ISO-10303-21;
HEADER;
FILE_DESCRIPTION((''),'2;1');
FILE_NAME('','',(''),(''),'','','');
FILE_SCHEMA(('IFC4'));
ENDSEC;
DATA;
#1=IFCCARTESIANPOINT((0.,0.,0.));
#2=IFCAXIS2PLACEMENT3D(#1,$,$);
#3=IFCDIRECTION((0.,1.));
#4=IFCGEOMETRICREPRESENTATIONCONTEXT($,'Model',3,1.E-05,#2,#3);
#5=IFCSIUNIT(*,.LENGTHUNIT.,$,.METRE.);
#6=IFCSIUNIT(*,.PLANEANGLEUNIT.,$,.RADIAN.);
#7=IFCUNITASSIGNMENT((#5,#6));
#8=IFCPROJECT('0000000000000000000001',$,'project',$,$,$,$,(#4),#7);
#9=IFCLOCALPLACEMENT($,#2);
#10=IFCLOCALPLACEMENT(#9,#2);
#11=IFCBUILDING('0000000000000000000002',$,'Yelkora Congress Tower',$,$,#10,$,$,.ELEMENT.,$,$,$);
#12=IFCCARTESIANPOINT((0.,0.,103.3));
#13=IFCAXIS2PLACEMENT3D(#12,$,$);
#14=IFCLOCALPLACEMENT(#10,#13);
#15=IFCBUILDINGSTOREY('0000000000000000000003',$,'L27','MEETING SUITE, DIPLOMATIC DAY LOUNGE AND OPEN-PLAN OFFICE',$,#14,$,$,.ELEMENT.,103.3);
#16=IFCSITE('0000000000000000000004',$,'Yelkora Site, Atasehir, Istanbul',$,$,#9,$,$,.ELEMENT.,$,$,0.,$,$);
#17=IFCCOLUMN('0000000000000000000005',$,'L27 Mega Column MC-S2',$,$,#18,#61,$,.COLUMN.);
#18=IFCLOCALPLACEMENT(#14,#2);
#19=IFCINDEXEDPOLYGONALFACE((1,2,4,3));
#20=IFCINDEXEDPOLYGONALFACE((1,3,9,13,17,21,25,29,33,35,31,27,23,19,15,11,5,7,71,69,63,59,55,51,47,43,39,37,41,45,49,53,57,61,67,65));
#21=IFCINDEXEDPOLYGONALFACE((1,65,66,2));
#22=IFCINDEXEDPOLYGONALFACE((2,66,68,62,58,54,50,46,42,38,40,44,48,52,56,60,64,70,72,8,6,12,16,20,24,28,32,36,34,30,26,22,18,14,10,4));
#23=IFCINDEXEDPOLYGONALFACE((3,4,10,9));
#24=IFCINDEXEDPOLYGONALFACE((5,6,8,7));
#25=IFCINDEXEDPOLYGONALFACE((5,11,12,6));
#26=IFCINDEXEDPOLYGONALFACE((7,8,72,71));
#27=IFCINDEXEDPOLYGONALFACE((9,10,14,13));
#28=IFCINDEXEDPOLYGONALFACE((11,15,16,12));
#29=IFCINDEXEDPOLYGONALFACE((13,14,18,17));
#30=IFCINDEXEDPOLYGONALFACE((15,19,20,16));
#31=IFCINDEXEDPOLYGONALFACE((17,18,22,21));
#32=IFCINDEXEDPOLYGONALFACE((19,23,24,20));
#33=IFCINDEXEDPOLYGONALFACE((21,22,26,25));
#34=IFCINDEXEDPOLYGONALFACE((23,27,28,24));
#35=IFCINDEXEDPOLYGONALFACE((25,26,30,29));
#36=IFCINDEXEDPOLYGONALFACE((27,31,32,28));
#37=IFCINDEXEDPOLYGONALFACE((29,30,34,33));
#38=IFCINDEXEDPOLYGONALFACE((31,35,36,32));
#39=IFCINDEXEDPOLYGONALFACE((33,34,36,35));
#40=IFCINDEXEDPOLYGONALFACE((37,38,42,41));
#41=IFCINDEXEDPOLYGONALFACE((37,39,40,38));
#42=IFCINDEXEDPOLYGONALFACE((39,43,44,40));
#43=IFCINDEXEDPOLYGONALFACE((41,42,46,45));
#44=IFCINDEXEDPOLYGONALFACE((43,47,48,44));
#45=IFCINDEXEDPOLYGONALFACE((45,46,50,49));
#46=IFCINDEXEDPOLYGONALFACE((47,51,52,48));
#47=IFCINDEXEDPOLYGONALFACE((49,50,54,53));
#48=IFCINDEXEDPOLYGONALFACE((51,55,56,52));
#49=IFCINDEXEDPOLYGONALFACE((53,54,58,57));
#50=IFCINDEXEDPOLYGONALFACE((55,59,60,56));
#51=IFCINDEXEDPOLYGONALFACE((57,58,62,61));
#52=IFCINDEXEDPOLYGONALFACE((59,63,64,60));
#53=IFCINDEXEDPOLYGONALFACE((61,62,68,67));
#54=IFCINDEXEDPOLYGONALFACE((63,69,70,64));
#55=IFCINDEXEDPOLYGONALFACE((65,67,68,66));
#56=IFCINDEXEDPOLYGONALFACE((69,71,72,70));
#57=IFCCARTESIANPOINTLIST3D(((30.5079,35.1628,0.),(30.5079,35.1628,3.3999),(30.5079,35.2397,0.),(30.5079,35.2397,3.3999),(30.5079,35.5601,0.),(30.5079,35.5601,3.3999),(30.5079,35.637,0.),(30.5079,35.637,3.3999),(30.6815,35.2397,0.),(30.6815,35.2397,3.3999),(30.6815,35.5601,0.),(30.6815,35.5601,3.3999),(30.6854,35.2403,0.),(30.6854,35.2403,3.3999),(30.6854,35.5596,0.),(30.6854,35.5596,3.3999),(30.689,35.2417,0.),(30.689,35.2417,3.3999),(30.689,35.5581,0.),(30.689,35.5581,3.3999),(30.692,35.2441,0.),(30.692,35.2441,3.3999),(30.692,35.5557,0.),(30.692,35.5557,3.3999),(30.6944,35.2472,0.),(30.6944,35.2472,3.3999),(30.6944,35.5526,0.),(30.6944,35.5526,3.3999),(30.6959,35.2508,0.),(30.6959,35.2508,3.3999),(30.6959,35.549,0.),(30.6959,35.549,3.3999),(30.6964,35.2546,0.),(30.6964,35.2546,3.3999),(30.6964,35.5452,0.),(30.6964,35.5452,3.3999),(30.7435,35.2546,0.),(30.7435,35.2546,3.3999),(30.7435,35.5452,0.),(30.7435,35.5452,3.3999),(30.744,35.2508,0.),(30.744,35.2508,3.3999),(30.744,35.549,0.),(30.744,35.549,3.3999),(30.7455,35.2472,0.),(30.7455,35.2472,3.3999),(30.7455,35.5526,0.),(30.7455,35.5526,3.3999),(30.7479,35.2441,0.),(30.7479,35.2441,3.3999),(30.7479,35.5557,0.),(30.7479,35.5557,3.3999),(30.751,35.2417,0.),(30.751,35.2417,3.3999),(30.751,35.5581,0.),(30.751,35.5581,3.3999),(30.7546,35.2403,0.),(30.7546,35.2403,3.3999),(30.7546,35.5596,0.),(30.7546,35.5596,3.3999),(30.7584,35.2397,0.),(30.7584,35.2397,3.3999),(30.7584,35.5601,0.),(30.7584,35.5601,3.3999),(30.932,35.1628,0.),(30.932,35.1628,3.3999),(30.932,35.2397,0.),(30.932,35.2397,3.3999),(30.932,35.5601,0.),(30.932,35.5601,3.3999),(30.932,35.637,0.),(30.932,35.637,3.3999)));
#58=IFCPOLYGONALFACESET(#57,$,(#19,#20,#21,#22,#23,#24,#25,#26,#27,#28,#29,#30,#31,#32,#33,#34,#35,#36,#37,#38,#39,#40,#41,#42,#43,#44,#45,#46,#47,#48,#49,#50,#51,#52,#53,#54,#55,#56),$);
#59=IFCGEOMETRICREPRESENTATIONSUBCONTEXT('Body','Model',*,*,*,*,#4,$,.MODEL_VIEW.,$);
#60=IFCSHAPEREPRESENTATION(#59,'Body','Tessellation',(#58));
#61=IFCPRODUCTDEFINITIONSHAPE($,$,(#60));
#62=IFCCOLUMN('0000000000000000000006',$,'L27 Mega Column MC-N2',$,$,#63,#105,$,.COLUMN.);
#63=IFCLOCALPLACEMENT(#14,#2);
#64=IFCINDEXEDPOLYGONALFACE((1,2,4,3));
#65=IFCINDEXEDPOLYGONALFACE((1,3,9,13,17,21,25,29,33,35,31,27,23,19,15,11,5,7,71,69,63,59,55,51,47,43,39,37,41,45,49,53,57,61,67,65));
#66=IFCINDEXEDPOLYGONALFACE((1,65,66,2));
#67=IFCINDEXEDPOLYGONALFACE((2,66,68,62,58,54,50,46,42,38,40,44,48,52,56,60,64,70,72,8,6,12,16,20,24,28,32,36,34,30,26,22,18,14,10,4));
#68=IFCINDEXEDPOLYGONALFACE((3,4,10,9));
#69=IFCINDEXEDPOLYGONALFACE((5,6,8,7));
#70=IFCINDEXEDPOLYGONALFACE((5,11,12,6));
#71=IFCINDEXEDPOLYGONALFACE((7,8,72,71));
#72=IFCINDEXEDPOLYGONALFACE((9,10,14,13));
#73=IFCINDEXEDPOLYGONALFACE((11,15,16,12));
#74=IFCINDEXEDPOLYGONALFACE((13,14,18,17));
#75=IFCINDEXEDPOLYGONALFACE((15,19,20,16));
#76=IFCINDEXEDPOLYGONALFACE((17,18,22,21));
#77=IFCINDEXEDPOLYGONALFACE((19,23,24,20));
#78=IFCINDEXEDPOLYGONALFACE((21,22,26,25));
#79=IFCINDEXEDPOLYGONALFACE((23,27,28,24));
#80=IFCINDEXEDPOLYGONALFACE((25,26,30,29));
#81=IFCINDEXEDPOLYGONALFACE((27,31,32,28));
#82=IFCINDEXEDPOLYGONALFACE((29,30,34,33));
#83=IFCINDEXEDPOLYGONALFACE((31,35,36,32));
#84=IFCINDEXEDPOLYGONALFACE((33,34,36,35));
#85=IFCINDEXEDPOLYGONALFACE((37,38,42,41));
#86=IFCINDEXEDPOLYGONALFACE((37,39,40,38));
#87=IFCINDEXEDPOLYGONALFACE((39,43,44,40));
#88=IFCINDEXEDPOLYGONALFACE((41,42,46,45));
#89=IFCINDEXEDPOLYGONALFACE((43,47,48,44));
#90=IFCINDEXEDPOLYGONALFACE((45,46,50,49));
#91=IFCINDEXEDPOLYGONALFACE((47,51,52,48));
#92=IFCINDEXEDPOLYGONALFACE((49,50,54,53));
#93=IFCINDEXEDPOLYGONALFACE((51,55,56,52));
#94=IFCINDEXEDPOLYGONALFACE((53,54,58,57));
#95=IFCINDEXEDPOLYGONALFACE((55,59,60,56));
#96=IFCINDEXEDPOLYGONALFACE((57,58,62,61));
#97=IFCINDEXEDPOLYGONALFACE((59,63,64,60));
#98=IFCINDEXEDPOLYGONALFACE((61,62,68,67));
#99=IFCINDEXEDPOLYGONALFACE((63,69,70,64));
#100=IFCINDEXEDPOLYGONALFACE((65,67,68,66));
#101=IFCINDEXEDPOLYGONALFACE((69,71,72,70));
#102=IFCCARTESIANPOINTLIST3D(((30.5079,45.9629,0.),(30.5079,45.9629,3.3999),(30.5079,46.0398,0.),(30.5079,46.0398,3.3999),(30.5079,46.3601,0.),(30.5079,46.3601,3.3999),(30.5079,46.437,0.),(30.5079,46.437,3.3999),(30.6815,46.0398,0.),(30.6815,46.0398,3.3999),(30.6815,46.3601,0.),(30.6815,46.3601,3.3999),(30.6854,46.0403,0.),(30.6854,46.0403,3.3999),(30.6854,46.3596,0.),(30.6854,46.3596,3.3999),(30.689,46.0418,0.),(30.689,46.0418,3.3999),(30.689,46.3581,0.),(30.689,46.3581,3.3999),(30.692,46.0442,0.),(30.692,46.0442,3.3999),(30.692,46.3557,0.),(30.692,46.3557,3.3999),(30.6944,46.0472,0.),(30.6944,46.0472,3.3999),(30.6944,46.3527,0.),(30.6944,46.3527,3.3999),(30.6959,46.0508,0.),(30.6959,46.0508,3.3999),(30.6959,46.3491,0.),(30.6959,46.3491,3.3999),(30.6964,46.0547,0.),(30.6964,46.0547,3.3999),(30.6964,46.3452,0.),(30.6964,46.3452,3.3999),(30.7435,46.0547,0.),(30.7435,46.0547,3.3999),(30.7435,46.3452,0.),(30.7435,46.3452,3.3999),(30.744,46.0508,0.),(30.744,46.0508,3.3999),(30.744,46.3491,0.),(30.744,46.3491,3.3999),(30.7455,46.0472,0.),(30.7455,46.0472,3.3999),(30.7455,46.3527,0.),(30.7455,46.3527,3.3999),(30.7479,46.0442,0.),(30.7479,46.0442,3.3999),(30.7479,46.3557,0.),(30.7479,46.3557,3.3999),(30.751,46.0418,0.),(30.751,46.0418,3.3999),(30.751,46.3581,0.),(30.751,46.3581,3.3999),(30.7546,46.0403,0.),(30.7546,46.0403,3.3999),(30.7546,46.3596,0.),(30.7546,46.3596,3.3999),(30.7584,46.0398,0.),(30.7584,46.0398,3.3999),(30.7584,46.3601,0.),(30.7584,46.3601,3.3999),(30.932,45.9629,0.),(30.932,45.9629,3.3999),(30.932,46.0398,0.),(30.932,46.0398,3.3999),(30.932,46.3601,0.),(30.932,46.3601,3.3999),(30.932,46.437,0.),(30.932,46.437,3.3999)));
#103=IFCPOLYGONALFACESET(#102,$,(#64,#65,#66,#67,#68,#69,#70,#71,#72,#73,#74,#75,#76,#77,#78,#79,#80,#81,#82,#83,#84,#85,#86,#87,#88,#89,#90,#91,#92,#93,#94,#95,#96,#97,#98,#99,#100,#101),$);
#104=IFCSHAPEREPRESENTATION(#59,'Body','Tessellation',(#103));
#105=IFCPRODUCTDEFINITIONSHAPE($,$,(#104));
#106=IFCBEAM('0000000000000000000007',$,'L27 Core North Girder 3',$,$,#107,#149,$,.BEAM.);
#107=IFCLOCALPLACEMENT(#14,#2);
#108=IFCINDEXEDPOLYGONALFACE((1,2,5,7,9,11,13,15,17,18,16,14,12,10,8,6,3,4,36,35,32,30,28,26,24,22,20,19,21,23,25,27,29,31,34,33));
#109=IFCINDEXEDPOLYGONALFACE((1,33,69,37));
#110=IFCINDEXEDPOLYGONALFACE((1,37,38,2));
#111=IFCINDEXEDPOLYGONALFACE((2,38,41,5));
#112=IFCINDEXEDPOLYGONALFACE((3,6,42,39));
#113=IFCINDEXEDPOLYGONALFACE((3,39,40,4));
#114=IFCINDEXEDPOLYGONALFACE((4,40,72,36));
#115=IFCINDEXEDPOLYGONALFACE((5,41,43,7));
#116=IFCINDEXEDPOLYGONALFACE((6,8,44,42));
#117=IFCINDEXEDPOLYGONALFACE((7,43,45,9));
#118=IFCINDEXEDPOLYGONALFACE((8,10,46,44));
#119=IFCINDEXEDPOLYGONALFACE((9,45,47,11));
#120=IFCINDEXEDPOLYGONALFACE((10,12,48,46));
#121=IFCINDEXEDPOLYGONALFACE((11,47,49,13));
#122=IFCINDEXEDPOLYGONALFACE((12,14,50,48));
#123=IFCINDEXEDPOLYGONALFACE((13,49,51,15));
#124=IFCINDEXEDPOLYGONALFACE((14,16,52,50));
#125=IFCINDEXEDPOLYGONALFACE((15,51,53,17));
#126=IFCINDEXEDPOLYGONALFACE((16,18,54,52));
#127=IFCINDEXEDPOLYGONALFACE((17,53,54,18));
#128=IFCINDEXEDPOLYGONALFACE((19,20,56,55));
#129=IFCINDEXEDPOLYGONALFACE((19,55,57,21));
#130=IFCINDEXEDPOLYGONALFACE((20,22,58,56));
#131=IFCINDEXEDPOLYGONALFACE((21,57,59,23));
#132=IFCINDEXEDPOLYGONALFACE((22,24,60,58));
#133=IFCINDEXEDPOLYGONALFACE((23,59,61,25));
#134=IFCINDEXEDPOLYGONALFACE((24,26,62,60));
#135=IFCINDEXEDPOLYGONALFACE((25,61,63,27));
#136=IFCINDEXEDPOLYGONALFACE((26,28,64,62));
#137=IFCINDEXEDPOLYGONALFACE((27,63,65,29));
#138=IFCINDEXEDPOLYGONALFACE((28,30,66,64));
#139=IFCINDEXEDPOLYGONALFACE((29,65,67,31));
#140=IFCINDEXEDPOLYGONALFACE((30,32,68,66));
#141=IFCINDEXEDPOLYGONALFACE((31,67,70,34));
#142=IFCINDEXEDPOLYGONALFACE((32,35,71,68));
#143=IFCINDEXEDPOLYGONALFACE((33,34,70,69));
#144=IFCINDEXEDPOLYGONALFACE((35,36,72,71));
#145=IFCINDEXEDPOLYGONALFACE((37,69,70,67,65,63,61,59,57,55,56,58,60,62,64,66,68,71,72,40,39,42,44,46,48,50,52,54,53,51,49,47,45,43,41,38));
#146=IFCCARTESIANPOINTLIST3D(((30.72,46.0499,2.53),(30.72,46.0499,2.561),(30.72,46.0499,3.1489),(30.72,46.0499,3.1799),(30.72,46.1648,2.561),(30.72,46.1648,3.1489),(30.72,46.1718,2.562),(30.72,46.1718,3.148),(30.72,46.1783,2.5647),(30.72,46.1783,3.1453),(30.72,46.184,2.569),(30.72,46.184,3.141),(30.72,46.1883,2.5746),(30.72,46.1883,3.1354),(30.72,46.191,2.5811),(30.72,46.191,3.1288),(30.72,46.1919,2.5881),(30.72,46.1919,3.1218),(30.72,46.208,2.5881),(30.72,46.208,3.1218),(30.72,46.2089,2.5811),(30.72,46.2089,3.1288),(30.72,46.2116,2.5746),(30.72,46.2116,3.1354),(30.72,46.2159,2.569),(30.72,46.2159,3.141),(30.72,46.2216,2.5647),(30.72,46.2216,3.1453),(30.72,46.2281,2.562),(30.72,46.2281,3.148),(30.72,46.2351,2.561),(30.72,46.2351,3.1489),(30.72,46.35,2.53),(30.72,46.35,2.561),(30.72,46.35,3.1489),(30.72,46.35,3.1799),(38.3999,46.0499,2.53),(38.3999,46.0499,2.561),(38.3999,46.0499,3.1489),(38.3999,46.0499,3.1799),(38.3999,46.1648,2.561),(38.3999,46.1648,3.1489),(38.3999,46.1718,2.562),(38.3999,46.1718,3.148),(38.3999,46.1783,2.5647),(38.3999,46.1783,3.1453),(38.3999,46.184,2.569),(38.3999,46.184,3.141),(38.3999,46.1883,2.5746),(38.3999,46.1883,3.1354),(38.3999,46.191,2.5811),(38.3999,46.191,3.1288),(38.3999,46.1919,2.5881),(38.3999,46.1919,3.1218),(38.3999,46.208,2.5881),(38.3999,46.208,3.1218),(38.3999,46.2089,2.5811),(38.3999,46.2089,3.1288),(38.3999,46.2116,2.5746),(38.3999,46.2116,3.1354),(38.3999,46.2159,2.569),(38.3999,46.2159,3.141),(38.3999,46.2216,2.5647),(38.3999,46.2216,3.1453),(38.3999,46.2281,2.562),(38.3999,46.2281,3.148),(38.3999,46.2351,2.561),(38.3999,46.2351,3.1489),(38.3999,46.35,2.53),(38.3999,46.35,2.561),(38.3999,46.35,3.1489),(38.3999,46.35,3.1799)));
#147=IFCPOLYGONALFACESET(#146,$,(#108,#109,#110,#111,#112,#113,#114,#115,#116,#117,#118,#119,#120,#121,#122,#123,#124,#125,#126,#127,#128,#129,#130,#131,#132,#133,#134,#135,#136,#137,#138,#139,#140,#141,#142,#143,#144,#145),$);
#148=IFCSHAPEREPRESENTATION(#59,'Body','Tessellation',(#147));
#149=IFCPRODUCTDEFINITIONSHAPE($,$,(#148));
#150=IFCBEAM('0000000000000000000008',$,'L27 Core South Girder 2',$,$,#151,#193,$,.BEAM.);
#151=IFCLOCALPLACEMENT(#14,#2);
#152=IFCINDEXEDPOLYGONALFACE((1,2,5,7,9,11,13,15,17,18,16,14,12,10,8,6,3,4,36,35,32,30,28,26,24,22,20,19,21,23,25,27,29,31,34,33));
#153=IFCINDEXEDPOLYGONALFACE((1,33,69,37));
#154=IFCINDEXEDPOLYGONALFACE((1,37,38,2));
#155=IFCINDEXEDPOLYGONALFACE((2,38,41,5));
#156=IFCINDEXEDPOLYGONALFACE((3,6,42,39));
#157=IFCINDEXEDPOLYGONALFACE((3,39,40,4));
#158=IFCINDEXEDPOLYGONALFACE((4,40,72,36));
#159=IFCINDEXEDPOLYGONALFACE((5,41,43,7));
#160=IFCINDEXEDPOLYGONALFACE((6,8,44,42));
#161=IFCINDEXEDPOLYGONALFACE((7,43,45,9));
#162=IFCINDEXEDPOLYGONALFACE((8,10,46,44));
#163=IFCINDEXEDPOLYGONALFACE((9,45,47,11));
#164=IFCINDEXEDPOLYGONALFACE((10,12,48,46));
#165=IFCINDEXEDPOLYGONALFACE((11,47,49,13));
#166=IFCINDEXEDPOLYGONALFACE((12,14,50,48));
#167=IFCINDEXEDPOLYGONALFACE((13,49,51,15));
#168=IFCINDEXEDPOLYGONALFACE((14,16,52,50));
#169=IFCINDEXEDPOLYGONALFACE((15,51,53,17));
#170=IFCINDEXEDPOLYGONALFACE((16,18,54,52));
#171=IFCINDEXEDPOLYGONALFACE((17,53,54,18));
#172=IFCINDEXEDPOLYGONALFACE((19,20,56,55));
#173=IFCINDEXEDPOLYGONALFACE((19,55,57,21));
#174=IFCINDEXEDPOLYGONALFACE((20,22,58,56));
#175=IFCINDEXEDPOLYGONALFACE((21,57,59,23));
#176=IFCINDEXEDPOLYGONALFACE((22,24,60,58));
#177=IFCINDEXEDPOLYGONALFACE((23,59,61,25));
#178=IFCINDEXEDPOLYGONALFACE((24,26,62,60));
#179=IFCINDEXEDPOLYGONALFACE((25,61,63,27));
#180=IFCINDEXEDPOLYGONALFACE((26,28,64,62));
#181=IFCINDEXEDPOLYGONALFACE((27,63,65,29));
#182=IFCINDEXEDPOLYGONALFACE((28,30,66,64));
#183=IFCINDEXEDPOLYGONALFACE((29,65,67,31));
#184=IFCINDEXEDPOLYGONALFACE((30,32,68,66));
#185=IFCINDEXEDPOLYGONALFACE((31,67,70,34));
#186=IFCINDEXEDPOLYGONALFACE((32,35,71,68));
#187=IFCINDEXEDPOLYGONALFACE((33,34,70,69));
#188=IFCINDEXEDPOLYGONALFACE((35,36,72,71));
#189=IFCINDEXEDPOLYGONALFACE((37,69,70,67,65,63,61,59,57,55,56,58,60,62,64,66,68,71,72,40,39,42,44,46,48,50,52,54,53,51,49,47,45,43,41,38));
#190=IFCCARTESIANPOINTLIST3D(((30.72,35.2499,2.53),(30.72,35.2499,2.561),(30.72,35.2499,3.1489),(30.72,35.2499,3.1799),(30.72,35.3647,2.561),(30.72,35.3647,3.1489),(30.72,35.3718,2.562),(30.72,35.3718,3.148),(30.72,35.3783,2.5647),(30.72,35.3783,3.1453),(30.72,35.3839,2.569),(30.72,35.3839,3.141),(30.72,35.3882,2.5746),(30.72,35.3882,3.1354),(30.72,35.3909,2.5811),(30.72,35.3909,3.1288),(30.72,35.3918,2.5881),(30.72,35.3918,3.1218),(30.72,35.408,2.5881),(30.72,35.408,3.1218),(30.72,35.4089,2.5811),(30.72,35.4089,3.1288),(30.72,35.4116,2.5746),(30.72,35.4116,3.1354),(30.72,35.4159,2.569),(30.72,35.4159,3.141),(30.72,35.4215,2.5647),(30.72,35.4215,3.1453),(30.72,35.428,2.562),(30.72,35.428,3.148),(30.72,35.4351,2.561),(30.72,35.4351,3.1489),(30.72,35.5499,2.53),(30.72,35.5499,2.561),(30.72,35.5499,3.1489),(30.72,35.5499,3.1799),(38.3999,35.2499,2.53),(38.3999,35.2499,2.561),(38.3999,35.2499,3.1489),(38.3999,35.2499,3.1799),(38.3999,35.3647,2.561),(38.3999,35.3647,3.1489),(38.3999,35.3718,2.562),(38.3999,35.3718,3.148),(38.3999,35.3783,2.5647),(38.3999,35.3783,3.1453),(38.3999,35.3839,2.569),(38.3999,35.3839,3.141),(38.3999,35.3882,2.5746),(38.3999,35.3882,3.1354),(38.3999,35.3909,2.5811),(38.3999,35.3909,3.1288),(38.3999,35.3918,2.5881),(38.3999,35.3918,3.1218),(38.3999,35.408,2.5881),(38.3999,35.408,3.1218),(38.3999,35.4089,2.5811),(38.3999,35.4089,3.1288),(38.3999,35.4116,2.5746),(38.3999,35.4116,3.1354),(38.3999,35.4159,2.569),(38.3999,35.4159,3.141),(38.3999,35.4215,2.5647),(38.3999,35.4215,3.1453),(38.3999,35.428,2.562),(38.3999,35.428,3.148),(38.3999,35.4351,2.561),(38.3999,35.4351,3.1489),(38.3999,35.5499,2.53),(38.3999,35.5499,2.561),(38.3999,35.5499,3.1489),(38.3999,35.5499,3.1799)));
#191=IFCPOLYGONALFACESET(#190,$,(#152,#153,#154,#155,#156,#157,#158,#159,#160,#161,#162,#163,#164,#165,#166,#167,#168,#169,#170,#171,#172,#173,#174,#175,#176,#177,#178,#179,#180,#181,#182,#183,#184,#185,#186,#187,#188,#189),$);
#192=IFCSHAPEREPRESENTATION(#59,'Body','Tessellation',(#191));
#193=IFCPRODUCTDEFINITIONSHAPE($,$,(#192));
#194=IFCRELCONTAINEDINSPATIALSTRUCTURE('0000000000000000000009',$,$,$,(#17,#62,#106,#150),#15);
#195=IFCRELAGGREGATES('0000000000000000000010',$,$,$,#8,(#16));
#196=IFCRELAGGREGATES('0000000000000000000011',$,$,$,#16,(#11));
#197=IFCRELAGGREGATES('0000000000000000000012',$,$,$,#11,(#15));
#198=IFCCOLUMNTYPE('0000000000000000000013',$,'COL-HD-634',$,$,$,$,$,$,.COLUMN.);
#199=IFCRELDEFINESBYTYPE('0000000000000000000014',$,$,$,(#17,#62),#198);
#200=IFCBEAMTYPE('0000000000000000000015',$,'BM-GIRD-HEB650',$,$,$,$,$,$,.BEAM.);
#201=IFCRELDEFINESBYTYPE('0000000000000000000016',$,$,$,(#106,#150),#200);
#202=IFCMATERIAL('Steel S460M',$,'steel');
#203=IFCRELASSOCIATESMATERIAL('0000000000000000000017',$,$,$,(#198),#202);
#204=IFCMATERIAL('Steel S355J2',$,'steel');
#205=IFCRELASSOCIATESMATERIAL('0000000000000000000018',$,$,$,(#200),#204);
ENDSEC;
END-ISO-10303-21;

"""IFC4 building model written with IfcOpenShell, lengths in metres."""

from ifc_helpers import new_model, si_unit, direction, frame, origin, origin_2d, place, context, subcontext, project, spatial, i_section, extrude, material, material_profile, profile_set, type_object, element, save


model = new_model("IFC4")

# Units and contexts
model_context = context("Model", 3, precision=1e-05, world=origin(), true_north=direction((0.0, 1.0)))
body_context = subcontext(model_context, "Body", "Model", "MODEL_VIEW")
ifc_project = project(units=[si_unit("LENGTHUNIT", "METRE"), si_unit("PLANEANGLEUNIT", "RADIAN")], contexts=[model_context])

# Site, building, storey
site_placement = place(None, origin())
site = spatial("IfcSite", under=ifc_project, at=site_placement, Name="Yelkora Site, Atasehir, Istanbul", CompositionType="ELEMENT", RefElevation=0.0)
building_placement = place(site_placement, origin())
building = spatial("IfcBuilding", under=site, at=building_placement, Name="Yelkora Congress Tower", CompositionType="ELEMENT")
storey_placement = place(building_placement, frame((0.0, 0.0, 103.3)))
storey = spatial("IfcBuildingStorey", under=building, at=storey_placement, Name="L27", Description="MEETING SUITE, DIPLOMATIC DAY LOUNGE AND OPEN-PLAN OFFICE", CompositionType="ELEMENT", Elevation=103.3)

# Columns
ifc_material_1 = material(Name="Steel S460M", Category="steel")
ifc_material_profile_1 = material_profile(ifc_material_1, i_section(OverallWidth=0.4241, OverallDepth=0.4741, WebThickness=0.0471, FlangeThickness=0.0769, FilletRadius=0.0149, at=origin_2d()), Name="HD 400x634")
ifc_profile_set_1 = profile_set([ifc_material_profile_1], Name="Steel S460M")
column_type = type_object("IfcColumnType", Name="COL-HD-634", PredefinedType="COLUMN", material=ifc_profile_set_1)
for number, where, z_axis, x_axis, name in (
    (1, (30.72, 35.3999, 0.0), (0.0, 0.0, 1.0), (1.0, 0.0, 0.0), "L27 Mega Column MC-S2"),
    (2, (30.72, 46.2, 0.0), (0.0, 0.0, 1.0), (1.0, 0.0, 0.0), "L27 Mega Column MC-N2"),
):
    element("IfcColumn", number, at=place(storey_placement, frame(where, z_axis=z_axis, x_axis=x_axis)), inside=storey, type_object=column_type, Name=name, PredefinedType="COLUMN", context=body_context, shape_type="SweptSolid", body=[
        extrude(i_section(OverallWidth=0.4241, OverallDepth=0.4741, WebThickness=0.0471, FlangeThickness=0.0769, FilletRadius=0.0149, at=origin_2d()), origin(), (0.0, 0.0, 1.0), 3.3999),
    ])

# Beams
ifc_material_2 = material(Name="Steel S355J2", Category="steel")
ifc_material_profile_2 = material_profile(ifc_material_2, i_section(OverallWidth=0.3, OverallDepth=0.6499, WebThickness=0.0161, FlangeThickness=0.031, FilletRadius=0.0271, at=origin_2d()), Name="HEB 650")
ifc_profile_set_2 = profile_set([ifc_material_profile_2], Name="Steel S355J2")
beam_type = type_object("IfcBeamType", Name="BM-GIRD-HEB650", PredefinedType="BEAM", material=ifc_profile_set_2)
for number, where, z_axis, x_axis, name in (
    (3, (30.72, 46.2, 2.855), (1.0, 0.0, 0.0), (0.0, 1.0, 0.0), "L27 Core North Girder 3"),
    (4, (30.72, 35.3999, 2.855), (1.0, 0.0, 0.0), (0.0, 1.0, 0.0), "L27 Core South Girder 2"),
):
    element("IfcBeam", number, at=place(storey_placement, frame(where, z_axis=z_axis, x_axis=x_axis)), inside=storey, type_object=beam_type, Name=name, PredefinedType="BEAM", context=body_context, shape_type="SweptSolid", body=[
        extrude(i_section(OverallWidth=0.3, OverallDepth=0.6499, WebThickness=0.0161, FlangeThickness=0.031, FilletRadius=0.0271, at=origin_2d()), origin(), (0.0, 0.0, 1.0), 7.6799),
    ])

save(model, "model.ifc")
